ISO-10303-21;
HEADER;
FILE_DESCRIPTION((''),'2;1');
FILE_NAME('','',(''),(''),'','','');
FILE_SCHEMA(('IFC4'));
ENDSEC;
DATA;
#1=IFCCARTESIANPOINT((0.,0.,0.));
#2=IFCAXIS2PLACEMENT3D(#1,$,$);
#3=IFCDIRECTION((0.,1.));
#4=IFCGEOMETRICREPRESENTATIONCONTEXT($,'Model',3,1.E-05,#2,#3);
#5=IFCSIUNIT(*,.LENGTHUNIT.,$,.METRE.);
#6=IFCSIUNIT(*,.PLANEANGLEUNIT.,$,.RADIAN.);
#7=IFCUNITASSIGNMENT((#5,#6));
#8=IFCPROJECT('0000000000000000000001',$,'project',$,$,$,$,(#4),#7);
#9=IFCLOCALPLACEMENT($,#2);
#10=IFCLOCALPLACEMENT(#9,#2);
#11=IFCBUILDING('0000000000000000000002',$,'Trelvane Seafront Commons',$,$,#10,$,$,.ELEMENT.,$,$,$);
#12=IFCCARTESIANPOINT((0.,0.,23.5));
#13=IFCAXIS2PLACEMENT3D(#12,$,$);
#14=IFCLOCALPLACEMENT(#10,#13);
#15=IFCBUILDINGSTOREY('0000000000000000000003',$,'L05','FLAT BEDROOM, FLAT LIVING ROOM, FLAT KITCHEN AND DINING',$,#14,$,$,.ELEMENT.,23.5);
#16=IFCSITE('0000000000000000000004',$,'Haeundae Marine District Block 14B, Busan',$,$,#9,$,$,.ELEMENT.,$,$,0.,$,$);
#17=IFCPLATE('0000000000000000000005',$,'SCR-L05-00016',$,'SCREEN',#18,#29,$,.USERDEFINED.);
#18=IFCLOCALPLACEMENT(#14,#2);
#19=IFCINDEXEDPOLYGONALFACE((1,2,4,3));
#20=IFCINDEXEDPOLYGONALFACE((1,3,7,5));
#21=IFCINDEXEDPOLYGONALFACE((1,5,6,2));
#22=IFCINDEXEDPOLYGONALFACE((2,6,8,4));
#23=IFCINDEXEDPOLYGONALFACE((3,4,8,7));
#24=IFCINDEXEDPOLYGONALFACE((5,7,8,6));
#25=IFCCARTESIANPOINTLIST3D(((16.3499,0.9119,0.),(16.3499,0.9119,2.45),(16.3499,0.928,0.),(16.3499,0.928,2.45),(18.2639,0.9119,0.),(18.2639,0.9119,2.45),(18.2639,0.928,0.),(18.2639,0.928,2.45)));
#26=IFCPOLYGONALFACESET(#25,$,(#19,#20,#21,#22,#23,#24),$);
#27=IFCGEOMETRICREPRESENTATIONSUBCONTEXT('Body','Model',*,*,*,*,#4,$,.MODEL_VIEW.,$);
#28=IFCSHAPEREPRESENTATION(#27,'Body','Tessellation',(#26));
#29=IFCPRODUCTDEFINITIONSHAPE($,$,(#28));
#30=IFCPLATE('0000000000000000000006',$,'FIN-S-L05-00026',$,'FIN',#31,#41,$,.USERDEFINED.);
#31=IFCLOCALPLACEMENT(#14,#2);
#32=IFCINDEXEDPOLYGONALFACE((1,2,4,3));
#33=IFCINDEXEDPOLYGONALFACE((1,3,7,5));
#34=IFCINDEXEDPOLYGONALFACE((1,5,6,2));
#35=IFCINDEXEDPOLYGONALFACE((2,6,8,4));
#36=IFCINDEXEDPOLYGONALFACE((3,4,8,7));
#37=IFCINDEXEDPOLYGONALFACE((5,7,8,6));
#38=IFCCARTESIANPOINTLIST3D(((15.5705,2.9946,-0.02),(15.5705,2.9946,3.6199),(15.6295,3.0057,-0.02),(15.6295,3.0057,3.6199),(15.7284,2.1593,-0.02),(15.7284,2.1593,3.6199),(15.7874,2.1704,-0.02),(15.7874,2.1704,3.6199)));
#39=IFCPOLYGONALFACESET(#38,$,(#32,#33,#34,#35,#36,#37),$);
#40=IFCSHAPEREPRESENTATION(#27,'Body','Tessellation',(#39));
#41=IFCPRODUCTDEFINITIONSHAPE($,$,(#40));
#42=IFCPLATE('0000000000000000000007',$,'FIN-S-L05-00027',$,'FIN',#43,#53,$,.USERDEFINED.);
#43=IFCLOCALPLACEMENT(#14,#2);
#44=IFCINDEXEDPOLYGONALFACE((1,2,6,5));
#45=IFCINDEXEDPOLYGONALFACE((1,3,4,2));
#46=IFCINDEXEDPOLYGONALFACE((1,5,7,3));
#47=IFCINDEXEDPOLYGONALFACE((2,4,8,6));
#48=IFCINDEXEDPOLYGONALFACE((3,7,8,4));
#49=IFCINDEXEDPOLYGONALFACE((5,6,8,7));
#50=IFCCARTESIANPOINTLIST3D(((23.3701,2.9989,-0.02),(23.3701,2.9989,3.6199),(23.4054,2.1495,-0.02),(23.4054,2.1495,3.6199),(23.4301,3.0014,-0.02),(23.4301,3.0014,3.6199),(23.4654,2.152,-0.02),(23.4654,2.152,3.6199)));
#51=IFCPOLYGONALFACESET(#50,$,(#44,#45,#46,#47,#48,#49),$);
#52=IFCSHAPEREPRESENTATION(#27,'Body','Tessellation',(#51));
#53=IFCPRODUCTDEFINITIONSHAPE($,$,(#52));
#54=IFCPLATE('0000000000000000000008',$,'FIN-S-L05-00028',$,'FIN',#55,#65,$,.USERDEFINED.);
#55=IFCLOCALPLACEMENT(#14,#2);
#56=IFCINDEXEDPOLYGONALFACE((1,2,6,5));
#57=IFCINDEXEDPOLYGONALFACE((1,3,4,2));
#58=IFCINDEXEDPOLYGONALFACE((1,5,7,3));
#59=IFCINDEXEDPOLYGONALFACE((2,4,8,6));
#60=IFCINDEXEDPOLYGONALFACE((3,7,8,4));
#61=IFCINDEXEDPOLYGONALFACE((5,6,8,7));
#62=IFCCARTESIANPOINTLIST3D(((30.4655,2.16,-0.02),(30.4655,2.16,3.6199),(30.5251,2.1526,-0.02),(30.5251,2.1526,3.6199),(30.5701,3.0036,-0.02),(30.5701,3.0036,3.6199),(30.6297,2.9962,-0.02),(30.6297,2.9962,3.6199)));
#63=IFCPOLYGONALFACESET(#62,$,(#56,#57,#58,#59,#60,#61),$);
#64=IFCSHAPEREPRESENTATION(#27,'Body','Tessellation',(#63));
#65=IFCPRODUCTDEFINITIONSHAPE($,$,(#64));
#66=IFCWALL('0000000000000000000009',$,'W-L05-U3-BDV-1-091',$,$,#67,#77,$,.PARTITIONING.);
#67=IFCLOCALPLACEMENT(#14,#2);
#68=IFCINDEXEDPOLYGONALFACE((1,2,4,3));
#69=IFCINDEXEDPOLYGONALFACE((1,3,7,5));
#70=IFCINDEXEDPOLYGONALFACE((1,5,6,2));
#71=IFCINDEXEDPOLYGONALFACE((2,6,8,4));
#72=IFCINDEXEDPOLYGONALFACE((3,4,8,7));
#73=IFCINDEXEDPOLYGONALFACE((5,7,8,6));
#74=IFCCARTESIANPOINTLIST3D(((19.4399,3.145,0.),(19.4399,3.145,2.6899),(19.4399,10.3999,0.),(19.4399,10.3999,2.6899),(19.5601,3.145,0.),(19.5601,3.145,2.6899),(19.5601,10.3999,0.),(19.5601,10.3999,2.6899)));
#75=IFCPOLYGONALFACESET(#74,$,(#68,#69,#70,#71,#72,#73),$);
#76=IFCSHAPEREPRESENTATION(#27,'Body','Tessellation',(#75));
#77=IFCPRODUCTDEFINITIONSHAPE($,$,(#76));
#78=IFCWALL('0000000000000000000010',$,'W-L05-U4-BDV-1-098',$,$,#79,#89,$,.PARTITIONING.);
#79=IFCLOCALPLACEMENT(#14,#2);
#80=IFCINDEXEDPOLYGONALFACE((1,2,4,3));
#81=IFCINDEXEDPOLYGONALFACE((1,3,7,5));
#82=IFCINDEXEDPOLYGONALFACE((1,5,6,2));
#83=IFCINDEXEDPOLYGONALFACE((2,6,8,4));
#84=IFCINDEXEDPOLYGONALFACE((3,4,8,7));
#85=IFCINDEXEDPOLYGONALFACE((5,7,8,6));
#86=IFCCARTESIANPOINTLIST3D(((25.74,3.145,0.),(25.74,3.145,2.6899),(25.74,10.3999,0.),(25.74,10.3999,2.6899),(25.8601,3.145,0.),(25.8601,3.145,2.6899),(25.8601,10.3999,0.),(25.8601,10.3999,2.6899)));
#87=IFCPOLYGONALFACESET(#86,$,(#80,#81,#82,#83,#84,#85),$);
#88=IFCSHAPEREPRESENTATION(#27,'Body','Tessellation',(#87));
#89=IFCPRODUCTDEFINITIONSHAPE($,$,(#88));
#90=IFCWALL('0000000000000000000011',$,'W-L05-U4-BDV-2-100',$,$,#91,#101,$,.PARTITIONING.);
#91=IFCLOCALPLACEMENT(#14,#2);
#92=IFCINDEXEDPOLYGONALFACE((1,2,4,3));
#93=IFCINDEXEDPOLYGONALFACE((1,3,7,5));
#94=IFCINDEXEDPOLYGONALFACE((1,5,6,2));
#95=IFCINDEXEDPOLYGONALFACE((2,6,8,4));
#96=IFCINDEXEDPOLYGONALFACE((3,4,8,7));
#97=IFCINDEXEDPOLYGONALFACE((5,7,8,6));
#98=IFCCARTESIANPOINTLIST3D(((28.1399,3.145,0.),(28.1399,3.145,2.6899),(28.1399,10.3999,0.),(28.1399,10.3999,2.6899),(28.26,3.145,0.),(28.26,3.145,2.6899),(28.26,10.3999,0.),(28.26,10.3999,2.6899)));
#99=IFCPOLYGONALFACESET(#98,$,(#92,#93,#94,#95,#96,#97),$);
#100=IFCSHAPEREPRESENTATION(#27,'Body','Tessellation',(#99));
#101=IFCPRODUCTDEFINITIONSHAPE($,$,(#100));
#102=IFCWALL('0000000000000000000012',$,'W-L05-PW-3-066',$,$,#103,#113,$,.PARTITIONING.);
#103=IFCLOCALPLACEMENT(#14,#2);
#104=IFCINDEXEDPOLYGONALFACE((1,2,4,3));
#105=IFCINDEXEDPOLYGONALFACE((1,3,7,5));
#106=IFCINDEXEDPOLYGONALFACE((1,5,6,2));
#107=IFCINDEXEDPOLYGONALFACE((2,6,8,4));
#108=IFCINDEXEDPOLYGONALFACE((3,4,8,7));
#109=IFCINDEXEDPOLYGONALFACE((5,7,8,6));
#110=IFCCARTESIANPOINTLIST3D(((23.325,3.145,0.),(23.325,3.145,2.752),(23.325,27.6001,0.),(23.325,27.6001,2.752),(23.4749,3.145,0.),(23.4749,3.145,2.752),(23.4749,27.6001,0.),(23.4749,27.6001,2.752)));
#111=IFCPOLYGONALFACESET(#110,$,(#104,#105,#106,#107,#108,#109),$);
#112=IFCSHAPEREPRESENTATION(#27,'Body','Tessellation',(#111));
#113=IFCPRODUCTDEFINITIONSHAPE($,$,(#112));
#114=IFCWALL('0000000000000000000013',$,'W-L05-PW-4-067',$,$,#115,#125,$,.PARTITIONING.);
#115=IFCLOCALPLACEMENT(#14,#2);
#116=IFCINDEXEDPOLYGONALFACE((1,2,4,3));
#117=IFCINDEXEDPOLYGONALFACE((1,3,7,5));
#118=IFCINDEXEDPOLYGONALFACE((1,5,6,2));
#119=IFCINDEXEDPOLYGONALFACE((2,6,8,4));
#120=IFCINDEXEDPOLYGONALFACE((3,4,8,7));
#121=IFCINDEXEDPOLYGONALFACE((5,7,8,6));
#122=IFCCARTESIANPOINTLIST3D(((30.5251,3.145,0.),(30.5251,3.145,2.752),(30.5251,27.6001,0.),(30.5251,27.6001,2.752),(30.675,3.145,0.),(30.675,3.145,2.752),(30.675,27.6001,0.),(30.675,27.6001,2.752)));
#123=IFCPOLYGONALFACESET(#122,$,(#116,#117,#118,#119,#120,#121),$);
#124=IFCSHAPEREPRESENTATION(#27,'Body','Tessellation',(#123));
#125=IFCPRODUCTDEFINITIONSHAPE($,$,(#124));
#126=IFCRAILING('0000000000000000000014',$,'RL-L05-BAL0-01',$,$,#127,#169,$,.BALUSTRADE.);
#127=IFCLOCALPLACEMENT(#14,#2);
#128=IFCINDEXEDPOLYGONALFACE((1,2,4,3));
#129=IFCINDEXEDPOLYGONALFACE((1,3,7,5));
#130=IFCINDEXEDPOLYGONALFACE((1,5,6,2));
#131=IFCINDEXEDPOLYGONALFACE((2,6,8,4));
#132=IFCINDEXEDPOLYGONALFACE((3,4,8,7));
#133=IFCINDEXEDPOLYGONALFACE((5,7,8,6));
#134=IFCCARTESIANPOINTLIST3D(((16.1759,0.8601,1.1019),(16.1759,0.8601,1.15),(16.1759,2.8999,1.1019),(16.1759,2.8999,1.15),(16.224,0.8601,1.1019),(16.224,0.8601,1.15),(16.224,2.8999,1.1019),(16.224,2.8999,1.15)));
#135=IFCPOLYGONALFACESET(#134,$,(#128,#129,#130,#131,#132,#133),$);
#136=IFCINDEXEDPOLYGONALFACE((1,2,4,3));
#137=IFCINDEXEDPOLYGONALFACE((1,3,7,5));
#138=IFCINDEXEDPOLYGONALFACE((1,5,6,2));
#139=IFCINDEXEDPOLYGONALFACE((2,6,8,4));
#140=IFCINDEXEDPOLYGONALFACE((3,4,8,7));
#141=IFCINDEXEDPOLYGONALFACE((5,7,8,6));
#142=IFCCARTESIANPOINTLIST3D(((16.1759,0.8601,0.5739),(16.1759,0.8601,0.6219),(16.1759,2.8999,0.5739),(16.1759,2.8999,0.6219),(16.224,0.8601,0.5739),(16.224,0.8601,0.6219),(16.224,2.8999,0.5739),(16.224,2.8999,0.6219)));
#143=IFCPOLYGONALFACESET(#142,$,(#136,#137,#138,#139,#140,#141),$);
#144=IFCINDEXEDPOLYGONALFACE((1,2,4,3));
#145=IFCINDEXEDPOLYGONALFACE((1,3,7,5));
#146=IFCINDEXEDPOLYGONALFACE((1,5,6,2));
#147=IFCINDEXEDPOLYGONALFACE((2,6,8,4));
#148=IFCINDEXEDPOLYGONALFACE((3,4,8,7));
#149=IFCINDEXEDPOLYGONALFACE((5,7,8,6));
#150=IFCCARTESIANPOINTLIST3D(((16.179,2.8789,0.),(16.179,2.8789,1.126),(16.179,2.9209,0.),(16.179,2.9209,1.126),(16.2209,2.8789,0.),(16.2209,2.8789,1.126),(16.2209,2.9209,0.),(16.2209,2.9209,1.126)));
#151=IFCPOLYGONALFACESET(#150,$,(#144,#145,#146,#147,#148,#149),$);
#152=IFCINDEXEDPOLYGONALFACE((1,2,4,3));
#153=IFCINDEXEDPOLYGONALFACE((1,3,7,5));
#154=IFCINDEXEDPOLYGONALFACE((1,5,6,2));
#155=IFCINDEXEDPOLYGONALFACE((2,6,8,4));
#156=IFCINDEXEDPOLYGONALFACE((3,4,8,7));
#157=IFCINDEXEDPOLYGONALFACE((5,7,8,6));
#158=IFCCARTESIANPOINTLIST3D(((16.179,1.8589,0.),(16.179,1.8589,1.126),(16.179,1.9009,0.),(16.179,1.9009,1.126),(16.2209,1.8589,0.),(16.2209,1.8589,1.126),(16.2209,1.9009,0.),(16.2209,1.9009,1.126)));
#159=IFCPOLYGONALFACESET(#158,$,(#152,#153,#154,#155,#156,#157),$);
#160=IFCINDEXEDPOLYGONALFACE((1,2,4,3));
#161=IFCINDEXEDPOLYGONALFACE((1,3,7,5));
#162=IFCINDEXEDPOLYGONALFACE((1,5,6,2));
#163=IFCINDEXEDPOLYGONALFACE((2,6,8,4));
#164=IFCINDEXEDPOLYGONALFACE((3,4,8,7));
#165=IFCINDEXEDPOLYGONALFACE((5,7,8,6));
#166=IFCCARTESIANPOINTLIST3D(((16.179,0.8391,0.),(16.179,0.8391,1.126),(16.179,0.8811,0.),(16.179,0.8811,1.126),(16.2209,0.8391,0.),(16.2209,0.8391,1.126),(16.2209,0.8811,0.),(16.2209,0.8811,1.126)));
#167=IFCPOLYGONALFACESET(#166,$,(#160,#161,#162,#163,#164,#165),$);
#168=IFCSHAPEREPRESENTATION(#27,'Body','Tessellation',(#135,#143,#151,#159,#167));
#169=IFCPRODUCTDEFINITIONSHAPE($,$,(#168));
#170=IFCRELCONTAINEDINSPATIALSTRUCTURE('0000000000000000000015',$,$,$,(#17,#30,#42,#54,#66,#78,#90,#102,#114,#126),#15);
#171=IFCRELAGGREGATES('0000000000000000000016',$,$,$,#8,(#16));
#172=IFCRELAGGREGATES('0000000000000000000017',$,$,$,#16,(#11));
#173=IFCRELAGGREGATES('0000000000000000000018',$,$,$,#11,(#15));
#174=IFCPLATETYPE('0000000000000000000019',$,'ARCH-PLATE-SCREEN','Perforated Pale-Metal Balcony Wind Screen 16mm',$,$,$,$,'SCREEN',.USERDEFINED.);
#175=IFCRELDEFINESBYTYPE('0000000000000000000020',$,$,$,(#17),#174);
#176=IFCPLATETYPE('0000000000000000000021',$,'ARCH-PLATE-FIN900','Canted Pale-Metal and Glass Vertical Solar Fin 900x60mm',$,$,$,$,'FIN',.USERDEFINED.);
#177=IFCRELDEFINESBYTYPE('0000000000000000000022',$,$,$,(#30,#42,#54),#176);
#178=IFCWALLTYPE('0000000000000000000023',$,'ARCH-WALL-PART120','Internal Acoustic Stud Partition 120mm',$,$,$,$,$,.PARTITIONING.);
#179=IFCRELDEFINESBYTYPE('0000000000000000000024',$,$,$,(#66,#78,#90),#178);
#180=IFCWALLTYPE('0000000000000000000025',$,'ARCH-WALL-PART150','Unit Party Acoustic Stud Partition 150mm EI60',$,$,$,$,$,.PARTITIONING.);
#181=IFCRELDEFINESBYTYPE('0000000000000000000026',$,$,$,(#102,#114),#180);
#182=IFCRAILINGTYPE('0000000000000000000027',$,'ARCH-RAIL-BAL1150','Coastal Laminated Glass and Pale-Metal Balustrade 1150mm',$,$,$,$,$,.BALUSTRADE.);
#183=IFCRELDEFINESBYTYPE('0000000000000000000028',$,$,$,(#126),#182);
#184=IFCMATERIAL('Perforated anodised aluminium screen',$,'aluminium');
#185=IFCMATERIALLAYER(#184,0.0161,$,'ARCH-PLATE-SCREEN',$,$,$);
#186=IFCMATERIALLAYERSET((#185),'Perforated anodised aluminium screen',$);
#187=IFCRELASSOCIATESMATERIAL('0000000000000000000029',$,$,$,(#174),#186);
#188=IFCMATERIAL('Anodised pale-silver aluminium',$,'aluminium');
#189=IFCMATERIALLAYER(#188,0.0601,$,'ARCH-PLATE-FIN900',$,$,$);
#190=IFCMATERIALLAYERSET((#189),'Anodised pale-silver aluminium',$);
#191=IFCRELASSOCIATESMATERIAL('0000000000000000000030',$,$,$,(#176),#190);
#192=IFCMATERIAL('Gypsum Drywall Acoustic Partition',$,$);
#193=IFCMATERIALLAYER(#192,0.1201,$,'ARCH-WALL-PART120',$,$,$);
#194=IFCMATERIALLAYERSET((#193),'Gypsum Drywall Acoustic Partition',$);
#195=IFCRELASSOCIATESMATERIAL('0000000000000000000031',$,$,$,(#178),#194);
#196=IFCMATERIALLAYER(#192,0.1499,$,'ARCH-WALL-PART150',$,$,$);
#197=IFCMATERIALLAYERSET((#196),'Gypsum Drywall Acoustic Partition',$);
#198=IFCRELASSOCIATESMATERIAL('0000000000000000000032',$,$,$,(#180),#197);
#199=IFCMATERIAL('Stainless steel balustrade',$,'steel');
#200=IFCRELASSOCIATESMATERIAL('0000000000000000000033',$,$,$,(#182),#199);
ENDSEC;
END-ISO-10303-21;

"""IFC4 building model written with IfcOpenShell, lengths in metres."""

from ifc_helpers import new_model, si_unit, direction, frame, frame_2d, origin, origin_2d, place, context, subcontext, project, spatial, rectangle, extrude, source, transform, mapped, material, layer, layer_set, type_object, element, save


model = new_model("IFC4")

# Units and contexts
model_context = context("Model", 3, precision=1e-05, world=origin(), true_north=direction((0.0, 1.0)))
body_context = subcontext(model_context, "Body", "Model", "MODEL_VIEW")
ifc_project = project(units=[si_unit("LENGTHUNIT", "METRE"), si_unit("PLANEANGLEUNIT", "RADIAN")], contexts=[model_context])

# Site, building, storey
site_placement = place(None, origin())
site = spatial("IfcSite", under=ifc_project, at=site_placement, Name="Haeundae Marine District Block 14B, Busan", CompositionType="ELEMENT", RefElevation=0.0)
building_placement = place(site_placement, origin())
building = spatial("IfcBuilding", under=site, at=building_placement, Name="Trelvane Seafront Commons", CompositionType="ELEMENT")
storey_placement = place(building_placement, frame((0.0, 0.0, 23.5)))
storey = spatial("IfcBuildingStorey", under=building, at=storey_placement, Name="L05", Description="FLAT BEDROOM, FLAT LIVING ROOM, FLAT KITCHEN AND DINING", CompositionType="ELEMENT", Elevation=23.5)

# Plates
ifc_material_1 = material(Name="Perforated anodised aluminium screen", Category="aluminium")
ifc_layer_1 = layer(ifc_material_1, 0.0161, Name="ARCH-PLATE-SCREEN")
ifc_layer_set_1 = layer_set([ifc_layer_1], Name="Perforated anodised aluminium screen")
plate_type_1 = type_object("IfcPlateType", Name="ARCH-PLATE-SCREEN", Description="Perforated Pale-Metal Balcony Wind Screen 16mm", ElementType="SCREEN", PredefinedType="USERDEFINED", material=ifc_layer_set_1)
shared_shape_1 = source(origin(), body_context, "Body", "SweptSolid", [
    extrude(rectangle(XDim=1.9141, YDim=0.0161, at=origin_2d()), origin(), (0.0, 0.0, 1.0), 2.45),
])
plate_placement = place(storey_placement, frame((17.3069, 0.9199, 0.0), z_axis=(0.0, 0.0, 1.0), x_axis=(1.0, 0.0, 0.0)))
element("IfcPlate", 1, at=plate_placement, inside=storey, type_object=plate_type_1, Name="SCR-L05-00016", ObjectType="SCREEN", PredefinedType="USERDEFINED", context=body_context, shape_type="MappedRepresentation", body=[
    mapped(shared_shape_1, transform((0.0, 0.0, 0.0), x_axis=(1.0, 0.0, 0.0), y_axis=(0.0, 1.0, 0.0), z_axis=(0.0, 0.0, 1.0), scale=1.0)),
])
ifc_material_2 = material(Name="Anodised pale-silver aluminium", Category="aluminium")
ifc_layer_2 = layer(ifc_material_2, 0.0601, Name="ARCH-PLATE-FIN900")
ifc_layer_set_2 = layer_set([ifc_layer_2], Name="Anodised pale-silver aluminium")
plate_type_2 = type_object("IfcPlateType", Name="ARCH-PLATE-FIN900", Description="Canted Pale-Metal and Glass Vertical Solar Fin 900x60mm", ElementType="FIN", PredefinedType="USERDEFINED", material=ifc_layer_set_2)
shared_shape_2 = source(origin(), body_context, "Body", "SweptSolid", [
    extrude(rectangle(XDim=0.8501, YDim=0.0601, at=origin_2d()), origin(), (0.0, 0.0, 1.0), 3.6399),
])
for number, where, z_axis, x_axis, name in (
    (2, (15.679, 2.5825, -0.02), (0.0, 0.0, 1.0), (0.185766, -0.982594, 0.0), "FIN-S-L05-00026"),
    (3, (23.4177, 2.5754, -0.02), (0.0, 0.0, 1.0), (0.041529, -0.999137, 0.0), "FIN-S-L05-00027"),
    (4, (30.5476, 2.5781, -0.02), (0.0, 0.0, 1.0), (-0.123065, -0.992399, 0.0), "FIN-S-L05-00028"),
):
    element("IfcPlate", number, at=place(storey_placement, frame(where, z_axis=z_axis, x_axis=x_axis)), inside=storey, type_object=plate_type_2, Name=name, ObjectType="FIN", PredefinedType="USERDEFINED", context=body_context, shape_type="MappedRepresentation", body=[
        mapped(shared_shape_2, transform((0.0, 0.0, 0.0), x_axis=(1.0, 0.0, 0.0), y_axis=(0.0, 1.0, 0.0), z_axis=(0.0, 0.0, 1.0), scale=1.0)),
    ])

# Shared definitions
ifc_material_3 = material(Name="Gypsum Drywall Acoustic Partition")
ifc_layer_3 = layer(ifc_material_3, 0.1201, Name="ARCH-WALL-PART120")
ifc_layer_set_3 = layer_set([ifc_layer_3], Name="Gypsum Drywall Acoustic Partition")
wall_type_1 = type_object("IfcWallType", Name="ARCH-WALL-PART120", Description="Internal Acoustic Stud Partition 120mm", PredefinedType="PARTITIONING", material=ifc_layer_set_3)

# Wall
wall_1_placement = place(storey_placement, frame((19.5, 3.145, 0.0), z_axis=(0.0, 0.0, 1.0), x_axis=(0.0, 1.0, 0.0)))
element("IfcWall", 5, at=wall_1_placement, inside=storey, type_object=wall_type_1, Name="W-L05-U3-BDV-1-091", PredefinedType="PARTITIONING", context=body_context, shape_type="SweptSolid", body=[
    extrude(rectangle(XDim=7.2549, YDim=0.1201, at=frame_2d((3.6274, 0.0))), origin(), (0.0, 0.0, 1.0), 2.6899),
])

# Wall
wall_2_placement = place(storey_placement, frame((25.8, 3.145, 0.0), z_axis=(0.0, 0.0, 1.0), x_axis=(0.0, 1.0, 0.0)))
element("IfcWall", 6, at=wall_2_placement, inside=storey, type_object=wall_type_1, Name="W-L05-U4-BDV-1-098", PredefinedType="PARTITIONING", context=body_context, shape_type="SweptSolid", body=[
    extrude(rectangle(XDim=7.2549, YDim=0.1201, at=frame_2d((3.6274, 0.0))), origin(), (0.0, 0.0, 1.0), 2.6899),
])

# Walls
wall_3_placement = place(storey_placement, frame((28.2, 3.145, 0.0), z_axis=(0.0, 0.0, 1.0), x_axis=(0.0, 1.0, 0.0)))
element("IfcWall", 7, at=wall_3_placement, inside=storey, type_object=wall_type_1, Name="W-L05-U4-BDV-2-100", PredefinedType="PARTITIONING", context=body_context, shape_type="SweptSolid", body=[
    extrude(rectangle(XDim=7.2549, YDim=0.1201, at=frame_2d((3.6274, 0.0))), origin(), (0.0, 0.0, 1.0), 2.6899),
])
ifc_layer_4 = layer(ifc_material_3, 0.1499, Name="ARCH-WALL-PART150")
ifc_layer_set_4 = layer_set([ifc_layer_4], Name="Gypsum Drywall Acoustic Partition")
wall_type_2 = type_object("IfcWallType", Name="ARCH-WALL-PART150", Description="Unit Party Acoustic Stud Partition 150mm EI60", PredefinedType="PARTITIONING", material=ifc_layer_set_4)
for number, where, z_axis, x_axis, name in (
    (8, (23.3999, 3.145, 0.0), (0.0, 0.0, 1.0), (0.0, 1.0, 0.0), "W-L05-PW-3-066"),
    (9, (30.6001, 3.145, 0.0), (0.0, 0.0, 1.0), (0.0, 1.0, 0.0), "W-L05-PW-4-067"),
):
    element("IfcWall", number, at=place(storey_placement, frame(where, z_axis=z_axis, x_axis=x_axis)), inside=storey, type_object=wall_type_2, Name=name, PredefinedType="PARTITIONING", context=body_context, shape_type="SweptSolid", body=[
        extrude(rectangle(XDim=24.4551, YDim=0.1499, at=frame_2d((12.2275, 0.0))), origin(), (0.0, 0.0, 1.0), 2.752),
    ])

# Railing
ifc_material_4 = material(Name="Stainless steel balustrade", Category="steel")
railing_type = type_object("IfcRailingType", Name="ARCH-RAIL-BAL1150", Description="Coastal Laminated Glass and Pale-Metal Balustrade 1150mm", PredefinedType="BALUSTRADE", material=ifc_material_4)
railing_1_placement = place(storey_placement, frame((16.2, 2.8999, 0.0)))
element("IfcRailing", 10, at=railing_1_placement, inside=storey, type_object=railing_type, Name="RL-L05-BAL0-01", PredefinedType="BALUSTRADE", context=body_context, shape_type="SweptSolid", body=[
    extrude(rectangle(XDim=0.0481, YDim=0.0481, at=origin_2d()), frame((0.0, 0.0, 1.126), z_axis=(0.0, -1.0, 0.0), x_axis=(1.0, 0.0, 0.0)), (0.0, 0.0, 1.0), 2.0398),
    extrude(rectangle(XDim=0.0481, YDim=0.0481, at=origin_2d()), frame((0.0, 0.0, 0.5979), z_axis=(0.0, -1.0, 0.0), x_axis=(1.0, 0.0, 0.0)), (0.0, 0.0, 1.0), 2.0398),
    extrude(rectangle(XDim=0.042, YDim=0.042, at=origin_2d()), origin(), (0.0, 0.0, 1.0), 1.126),
    extrude(rectangle(XDim=0.042, YDim=0.042, at=origin_2d()), frame((0.0, -1.02, 0.0)), (0.0, 0.0, 1.0), 1.126),
    extrude(rectangle(XDim=0.042, YDim=0.042, at=origin_2d()), frame((0.0, -2.0398, 0.0)), (0.0, 0.0, 1.0), 1.126),
])

save(model, "model.ifc")
